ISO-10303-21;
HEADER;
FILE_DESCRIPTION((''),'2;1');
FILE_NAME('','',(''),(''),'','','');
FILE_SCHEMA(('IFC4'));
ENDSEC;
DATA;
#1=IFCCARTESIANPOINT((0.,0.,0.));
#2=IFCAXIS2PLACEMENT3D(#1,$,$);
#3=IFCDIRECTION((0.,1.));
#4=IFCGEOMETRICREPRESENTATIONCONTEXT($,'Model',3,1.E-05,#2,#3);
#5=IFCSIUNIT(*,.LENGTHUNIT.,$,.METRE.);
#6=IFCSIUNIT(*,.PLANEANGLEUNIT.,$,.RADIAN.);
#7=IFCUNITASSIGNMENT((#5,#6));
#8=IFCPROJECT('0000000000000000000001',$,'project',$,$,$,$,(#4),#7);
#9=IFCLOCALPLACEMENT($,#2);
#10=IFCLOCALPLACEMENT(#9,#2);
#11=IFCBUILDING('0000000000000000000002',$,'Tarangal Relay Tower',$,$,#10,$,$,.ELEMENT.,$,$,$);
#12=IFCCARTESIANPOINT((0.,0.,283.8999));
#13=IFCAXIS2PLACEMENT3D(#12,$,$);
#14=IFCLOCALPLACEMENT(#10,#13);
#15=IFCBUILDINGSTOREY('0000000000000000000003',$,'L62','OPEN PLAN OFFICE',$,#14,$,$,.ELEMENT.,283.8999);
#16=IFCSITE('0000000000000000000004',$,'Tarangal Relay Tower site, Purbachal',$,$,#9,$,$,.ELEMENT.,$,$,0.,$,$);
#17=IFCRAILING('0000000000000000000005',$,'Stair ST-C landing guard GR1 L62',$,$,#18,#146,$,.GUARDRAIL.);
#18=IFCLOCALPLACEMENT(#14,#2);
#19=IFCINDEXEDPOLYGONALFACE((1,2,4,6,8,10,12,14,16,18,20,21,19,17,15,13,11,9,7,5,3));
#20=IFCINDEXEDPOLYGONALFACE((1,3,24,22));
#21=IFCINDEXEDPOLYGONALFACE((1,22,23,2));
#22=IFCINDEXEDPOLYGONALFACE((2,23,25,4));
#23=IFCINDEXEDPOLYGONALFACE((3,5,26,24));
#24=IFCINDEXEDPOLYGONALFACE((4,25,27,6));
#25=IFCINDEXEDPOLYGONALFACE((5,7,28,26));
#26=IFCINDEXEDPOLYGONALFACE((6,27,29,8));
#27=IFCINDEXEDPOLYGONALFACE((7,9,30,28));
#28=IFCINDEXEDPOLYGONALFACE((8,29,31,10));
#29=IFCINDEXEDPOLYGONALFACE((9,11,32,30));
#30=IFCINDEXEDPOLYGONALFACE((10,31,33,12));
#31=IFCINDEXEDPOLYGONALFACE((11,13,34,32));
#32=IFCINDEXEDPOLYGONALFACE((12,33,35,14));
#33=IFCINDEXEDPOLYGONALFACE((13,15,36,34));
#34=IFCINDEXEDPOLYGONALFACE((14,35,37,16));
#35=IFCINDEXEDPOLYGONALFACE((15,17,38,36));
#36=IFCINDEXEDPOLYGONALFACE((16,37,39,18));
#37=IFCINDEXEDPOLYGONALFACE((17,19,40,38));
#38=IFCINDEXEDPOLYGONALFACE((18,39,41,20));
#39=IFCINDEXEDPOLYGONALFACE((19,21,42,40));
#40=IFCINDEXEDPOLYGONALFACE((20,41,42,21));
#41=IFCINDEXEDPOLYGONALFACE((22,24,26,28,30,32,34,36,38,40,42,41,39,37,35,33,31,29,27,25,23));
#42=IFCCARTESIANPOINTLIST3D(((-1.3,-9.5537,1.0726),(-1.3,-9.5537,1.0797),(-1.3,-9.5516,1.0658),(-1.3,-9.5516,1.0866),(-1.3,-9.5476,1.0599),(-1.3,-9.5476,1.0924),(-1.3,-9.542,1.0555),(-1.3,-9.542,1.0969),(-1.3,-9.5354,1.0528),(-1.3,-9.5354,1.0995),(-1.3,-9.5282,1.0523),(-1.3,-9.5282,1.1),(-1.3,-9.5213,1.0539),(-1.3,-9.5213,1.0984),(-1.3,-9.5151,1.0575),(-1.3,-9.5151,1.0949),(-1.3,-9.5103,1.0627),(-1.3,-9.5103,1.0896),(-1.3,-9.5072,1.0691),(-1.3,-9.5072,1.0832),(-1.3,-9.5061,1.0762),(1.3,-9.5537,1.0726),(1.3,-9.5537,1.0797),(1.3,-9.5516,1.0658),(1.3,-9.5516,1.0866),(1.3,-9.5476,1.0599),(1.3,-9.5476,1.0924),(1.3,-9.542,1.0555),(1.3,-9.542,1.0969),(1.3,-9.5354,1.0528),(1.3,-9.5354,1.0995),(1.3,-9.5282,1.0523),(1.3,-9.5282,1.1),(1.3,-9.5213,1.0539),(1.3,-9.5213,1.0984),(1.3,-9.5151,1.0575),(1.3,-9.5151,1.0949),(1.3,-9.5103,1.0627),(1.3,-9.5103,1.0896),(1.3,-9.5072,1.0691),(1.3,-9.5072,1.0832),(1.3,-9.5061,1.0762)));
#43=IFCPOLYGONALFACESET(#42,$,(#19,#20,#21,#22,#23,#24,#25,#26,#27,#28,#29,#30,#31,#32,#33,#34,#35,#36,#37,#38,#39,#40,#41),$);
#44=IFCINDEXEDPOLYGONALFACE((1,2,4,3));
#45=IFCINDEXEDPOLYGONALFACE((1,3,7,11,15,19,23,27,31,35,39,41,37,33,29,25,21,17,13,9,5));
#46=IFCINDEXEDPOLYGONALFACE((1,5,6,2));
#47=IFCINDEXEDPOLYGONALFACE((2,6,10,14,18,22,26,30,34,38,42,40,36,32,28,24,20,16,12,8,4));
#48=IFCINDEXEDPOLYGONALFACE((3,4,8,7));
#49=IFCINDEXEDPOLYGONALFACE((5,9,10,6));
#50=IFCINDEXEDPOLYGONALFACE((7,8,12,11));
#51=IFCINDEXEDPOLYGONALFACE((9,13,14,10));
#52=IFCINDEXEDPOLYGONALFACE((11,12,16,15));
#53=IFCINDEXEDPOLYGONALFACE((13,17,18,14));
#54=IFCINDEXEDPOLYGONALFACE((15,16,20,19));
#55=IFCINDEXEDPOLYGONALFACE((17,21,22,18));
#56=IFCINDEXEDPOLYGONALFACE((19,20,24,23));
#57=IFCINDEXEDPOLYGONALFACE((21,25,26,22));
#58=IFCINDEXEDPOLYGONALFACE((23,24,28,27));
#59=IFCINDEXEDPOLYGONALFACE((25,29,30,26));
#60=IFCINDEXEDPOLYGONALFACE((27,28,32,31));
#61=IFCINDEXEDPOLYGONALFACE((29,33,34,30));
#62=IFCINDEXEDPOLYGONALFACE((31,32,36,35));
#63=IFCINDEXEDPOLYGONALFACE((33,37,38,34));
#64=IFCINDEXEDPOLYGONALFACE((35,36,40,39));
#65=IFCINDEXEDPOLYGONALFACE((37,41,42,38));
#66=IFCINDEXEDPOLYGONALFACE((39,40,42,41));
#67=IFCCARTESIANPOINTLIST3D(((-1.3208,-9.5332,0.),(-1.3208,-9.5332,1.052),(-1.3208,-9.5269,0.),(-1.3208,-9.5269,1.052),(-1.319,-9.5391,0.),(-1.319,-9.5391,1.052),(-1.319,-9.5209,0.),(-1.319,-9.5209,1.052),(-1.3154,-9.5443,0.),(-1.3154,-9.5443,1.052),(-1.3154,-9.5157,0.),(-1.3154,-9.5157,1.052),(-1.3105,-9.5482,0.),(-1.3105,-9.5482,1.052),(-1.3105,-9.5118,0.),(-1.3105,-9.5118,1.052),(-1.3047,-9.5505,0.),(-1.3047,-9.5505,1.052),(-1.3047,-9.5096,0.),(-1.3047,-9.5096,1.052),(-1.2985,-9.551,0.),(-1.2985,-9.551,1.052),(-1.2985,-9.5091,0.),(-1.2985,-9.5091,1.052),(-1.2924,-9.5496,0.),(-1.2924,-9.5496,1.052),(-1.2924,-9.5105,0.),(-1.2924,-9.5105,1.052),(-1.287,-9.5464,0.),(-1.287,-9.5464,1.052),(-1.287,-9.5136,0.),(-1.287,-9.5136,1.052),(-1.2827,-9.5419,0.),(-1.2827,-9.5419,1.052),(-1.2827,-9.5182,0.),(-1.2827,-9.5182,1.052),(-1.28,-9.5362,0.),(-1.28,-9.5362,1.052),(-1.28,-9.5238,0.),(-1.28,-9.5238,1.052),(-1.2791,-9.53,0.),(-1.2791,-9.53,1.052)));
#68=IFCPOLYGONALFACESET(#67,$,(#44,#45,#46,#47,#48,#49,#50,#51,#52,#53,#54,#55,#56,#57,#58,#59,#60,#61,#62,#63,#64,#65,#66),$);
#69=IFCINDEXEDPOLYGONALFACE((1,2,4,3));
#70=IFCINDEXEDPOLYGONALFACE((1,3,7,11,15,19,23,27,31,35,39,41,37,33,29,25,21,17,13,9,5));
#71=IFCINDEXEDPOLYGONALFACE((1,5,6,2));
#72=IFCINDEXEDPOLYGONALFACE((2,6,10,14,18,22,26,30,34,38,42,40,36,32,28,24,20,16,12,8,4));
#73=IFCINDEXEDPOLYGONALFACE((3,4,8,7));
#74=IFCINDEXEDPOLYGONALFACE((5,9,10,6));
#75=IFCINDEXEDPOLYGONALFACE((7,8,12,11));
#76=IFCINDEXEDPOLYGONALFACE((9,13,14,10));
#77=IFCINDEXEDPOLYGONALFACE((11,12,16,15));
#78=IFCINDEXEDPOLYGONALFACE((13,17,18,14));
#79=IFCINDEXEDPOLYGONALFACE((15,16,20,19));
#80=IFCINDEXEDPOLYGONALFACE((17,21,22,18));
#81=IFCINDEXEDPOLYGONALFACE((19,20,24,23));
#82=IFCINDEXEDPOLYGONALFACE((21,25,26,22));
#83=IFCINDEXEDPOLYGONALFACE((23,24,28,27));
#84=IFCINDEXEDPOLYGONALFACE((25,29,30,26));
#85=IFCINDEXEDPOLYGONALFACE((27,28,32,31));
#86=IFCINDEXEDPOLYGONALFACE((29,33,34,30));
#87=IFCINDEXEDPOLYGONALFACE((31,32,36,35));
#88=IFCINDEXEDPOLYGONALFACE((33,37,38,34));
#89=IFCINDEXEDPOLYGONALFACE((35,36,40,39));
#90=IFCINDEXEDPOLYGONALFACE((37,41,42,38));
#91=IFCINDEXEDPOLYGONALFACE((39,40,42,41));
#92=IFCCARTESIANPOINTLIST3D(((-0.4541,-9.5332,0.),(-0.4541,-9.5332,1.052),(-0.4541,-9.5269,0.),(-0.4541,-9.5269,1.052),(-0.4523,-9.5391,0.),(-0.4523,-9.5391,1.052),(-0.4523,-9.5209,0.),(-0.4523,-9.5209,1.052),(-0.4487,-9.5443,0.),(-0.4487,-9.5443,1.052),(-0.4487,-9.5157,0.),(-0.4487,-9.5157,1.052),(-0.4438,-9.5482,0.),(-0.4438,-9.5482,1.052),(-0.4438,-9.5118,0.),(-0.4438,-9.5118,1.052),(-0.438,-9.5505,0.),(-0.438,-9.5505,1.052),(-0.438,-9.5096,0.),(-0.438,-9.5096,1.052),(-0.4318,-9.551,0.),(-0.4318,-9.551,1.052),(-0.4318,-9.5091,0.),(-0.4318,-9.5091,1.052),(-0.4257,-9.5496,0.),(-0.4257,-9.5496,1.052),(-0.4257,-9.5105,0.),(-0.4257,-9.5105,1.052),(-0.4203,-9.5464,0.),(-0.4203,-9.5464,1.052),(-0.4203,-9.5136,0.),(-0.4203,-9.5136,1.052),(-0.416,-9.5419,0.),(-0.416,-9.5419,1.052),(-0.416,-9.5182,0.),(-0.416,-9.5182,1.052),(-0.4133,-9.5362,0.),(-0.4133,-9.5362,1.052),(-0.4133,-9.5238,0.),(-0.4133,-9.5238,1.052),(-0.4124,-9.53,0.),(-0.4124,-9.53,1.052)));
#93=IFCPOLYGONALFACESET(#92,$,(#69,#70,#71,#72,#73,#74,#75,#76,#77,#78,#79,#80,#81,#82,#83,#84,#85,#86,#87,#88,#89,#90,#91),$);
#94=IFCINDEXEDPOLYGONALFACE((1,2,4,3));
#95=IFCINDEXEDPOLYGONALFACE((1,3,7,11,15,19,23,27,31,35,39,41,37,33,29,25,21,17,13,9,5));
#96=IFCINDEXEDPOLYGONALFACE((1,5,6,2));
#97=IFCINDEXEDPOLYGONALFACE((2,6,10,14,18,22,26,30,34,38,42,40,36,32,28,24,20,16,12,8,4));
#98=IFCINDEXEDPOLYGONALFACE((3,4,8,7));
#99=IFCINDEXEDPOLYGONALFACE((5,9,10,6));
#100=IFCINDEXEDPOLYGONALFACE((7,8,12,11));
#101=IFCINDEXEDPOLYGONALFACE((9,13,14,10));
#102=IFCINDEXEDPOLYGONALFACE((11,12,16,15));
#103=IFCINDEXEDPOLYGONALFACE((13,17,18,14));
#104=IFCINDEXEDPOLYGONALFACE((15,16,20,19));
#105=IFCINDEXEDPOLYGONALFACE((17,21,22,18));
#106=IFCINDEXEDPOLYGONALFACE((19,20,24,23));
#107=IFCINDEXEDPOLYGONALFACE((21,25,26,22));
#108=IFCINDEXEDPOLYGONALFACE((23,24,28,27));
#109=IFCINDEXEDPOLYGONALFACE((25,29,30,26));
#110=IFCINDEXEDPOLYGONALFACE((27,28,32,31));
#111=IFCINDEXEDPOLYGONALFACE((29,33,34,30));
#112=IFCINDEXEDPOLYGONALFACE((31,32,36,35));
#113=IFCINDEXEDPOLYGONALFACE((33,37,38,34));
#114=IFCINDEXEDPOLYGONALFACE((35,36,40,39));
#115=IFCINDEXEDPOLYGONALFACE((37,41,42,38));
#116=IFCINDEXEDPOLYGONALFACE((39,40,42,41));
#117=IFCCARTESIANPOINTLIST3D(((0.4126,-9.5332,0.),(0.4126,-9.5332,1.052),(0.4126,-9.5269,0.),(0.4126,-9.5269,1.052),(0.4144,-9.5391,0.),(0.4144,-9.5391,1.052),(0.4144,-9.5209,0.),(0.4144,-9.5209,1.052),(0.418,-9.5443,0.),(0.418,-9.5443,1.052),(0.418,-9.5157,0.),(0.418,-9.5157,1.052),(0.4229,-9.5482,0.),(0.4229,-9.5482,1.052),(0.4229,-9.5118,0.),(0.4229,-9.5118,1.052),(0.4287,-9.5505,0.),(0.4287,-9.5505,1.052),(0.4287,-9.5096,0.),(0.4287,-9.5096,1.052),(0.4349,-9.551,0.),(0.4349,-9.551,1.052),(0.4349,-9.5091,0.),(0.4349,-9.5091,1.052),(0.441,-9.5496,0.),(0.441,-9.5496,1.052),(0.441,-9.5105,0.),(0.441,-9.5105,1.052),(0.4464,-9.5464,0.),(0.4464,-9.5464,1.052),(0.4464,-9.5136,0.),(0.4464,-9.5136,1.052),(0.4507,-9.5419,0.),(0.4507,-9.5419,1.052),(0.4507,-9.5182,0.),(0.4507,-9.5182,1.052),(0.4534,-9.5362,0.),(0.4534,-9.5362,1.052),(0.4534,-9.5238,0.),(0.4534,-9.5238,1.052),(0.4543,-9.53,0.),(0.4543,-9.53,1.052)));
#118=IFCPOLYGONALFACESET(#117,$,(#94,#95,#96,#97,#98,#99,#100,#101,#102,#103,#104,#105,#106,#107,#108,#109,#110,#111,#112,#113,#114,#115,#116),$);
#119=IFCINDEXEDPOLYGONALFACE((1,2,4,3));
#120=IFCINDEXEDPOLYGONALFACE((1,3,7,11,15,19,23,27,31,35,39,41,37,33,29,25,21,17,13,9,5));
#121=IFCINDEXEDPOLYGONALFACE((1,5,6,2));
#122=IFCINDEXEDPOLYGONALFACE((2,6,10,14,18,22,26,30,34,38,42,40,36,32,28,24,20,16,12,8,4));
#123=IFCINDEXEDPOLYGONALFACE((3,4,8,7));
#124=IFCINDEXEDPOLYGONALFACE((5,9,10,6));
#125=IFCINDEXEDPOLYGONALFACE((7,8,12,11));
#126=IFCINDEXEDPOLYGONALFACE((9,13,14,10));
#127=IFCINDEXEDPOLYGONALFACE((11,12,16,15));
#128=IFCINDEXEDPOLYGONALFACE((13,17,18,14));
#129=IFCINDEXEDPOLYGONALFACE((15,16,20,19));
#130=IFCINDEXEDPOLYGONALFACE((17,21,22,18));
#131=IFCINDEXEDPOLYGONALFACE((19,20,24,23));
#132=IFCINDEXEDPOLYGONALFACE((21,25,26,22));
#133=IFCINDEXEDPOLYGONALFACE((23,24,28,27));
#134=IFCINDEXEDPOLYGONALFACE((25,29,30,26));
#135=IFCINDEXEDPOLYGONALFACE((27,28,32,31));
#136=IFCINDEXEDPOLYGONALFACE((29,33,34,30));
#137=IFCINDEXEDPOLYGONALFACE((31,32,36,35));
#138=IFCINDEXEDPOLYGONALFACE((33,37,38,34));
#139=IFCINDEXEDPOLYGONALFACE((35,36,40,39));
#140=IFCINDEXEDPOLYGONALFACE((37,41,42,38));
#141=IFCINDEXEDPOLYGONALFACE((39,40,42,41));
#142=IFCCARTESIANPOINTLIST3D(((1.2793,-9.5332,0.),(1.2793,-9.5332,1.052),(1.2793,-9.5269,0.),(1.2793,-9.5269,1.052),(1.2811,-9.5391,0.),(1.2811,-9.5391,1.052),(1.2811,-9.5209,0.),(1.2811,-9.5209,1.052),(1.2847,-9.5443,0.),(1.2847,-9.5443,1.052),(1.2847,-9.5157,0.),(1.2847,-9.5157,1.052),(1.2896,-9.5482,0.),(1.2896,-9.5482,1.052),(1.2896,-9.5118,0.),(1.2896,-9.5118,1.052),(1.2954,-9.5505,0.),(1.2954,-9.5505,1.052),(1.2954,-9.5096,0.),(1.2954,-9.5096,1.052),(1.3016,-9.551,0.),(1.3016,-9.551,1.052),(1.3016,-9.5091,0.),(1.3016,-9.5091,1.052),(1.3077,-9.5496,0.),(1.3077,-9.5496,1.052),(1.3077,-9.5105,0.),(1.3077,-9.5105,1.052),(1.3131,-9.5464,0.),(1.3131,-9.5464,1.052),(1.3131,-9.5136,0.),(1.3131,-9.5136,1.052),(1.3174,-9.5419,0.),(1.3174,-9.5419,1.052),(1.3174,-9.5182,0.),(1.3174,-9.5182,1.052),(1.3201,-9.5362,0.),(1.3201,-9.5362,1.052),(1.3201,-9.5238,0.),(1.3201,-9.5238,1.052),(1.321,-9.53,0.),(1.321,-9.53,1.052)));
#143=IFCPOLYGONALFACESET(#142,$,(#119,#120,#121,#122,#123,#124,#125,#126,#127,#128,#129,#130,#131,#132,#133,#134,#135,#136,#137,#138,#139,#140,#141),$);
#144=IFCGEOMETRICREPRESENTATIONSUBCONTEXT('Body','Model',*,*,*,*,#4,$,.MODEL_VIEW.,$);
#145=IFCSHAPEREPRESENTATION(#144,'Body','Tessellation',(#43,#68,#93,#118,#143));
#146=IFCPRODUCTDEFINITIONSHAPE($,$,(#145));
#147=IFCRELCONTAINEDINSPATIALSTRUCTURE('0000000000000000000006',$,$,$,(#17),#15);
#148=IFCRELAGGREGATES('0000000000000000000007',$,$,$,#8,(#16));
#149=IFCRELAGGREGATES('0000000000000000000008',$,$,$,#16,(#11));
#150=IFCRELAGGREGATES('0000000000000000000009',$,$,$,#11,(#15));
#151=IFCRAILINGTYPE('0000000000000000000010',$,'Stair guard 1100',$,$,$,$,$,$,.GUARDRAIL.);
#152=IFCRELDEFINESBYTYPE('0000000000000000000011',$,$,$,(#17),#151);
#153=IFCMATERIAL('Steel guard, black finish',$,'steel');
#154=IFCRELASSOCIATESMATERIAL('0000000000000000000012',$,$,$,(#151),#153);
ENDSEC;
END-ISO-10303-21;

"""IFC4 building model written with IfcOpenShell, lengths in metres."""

from ifc_helpers import new_model, si_unit, direction, frame, origin, origin_2d, place, context, subcontext, project, spatial, circle, extrude, material, type_object, element, save


model = new_model("IFC4")

# Units and contexts
model_context = context("Model", 3, precision=1e-05, world=origin(), true_north=direction((0.0, 1.0)))
body_context = subcontext(model_context, "Body", "Model", "MODEL_VIEW")
ifc_project = project(units=[si_unit("LENGTHUNIT", "METRE"), si_unit("PLANEANGLEUNIT", "RADIAN")], contexts=[model_context])

# Site, building, storey
site_placement = place(None, origin())
site = spatial("IfcSite", under=ifc_project, at=site_placement, Name="Tarangal Relay Tower site, Purbachal", CompositionType="ELEMENT", RefElevation=0.0)
building_placement = place(site_placement, origin())
building = spatial("IfcBuilding", under=site, at=building_placement, Name="Tarangal Relay Tower", CompositionType="ELEMENT")
storey_placement = place(building_placement, frame((0.0, 0.0, 283.8999)))
storey = spatial("IfcBuildingStorey", under=building, at=storey_placement, Name="L62", Description="OPEN PLAN OFFICE", CompositionType="ELEMENT", Elevation=283.8999)

# Railing
ifc_material_1 = material(Name="Steel guard, black finish", Category="steel")
railing_type_1 = type_object("IfcRailingType", Name="Stair guard 1100", PredefinedType="GUARDRAIL", material=ifc_material_1)
railing_1_placement = place(storey_placement, frame((-1.3, -9.53, 0.0)))
element("IfcRailing", 1, at=railing_1_placement, inside=storey, type_object=railing_type_1, Name="Stair ST-C landing guard GR1 L62", PredefinedType="GUARDRAIL", context=body_context, shape_type="SweptSolid", body=[
    extrude(circle(Radius=0.0239, at=origin_2d()), frame((0.0, 0.0, 1.0762), z_axis=(1.0, 0.0, 0.0), x_axis=(0.0, 1.0, 0.0)), (0.0, 0.0, 1.0), 2.6001),
    extrude(circle(Radius=0.021, at=origin_2d()), origin(), (0.0, 0.0, 1.0), 1.052),
    extrude(circle(Radius=0.021, at=origin_2d()), frame((0.8667, 0.0, 0.0)), (0.0, 0.0, 1.0), 1.052),
    extrude(circle(Radius=0.021, at=origin_2d()), frame((1.7334, 0.0, 0.0)), (0.0, 0.0, 1.0), 1.052),
    extrude(circle(Radius=0.021, at=origin_2d()), frame((2.6001, 0.0, 0.0)), (0.0, 0.0, 1.0), 1.052),
])

save(model, "model.ifc")
